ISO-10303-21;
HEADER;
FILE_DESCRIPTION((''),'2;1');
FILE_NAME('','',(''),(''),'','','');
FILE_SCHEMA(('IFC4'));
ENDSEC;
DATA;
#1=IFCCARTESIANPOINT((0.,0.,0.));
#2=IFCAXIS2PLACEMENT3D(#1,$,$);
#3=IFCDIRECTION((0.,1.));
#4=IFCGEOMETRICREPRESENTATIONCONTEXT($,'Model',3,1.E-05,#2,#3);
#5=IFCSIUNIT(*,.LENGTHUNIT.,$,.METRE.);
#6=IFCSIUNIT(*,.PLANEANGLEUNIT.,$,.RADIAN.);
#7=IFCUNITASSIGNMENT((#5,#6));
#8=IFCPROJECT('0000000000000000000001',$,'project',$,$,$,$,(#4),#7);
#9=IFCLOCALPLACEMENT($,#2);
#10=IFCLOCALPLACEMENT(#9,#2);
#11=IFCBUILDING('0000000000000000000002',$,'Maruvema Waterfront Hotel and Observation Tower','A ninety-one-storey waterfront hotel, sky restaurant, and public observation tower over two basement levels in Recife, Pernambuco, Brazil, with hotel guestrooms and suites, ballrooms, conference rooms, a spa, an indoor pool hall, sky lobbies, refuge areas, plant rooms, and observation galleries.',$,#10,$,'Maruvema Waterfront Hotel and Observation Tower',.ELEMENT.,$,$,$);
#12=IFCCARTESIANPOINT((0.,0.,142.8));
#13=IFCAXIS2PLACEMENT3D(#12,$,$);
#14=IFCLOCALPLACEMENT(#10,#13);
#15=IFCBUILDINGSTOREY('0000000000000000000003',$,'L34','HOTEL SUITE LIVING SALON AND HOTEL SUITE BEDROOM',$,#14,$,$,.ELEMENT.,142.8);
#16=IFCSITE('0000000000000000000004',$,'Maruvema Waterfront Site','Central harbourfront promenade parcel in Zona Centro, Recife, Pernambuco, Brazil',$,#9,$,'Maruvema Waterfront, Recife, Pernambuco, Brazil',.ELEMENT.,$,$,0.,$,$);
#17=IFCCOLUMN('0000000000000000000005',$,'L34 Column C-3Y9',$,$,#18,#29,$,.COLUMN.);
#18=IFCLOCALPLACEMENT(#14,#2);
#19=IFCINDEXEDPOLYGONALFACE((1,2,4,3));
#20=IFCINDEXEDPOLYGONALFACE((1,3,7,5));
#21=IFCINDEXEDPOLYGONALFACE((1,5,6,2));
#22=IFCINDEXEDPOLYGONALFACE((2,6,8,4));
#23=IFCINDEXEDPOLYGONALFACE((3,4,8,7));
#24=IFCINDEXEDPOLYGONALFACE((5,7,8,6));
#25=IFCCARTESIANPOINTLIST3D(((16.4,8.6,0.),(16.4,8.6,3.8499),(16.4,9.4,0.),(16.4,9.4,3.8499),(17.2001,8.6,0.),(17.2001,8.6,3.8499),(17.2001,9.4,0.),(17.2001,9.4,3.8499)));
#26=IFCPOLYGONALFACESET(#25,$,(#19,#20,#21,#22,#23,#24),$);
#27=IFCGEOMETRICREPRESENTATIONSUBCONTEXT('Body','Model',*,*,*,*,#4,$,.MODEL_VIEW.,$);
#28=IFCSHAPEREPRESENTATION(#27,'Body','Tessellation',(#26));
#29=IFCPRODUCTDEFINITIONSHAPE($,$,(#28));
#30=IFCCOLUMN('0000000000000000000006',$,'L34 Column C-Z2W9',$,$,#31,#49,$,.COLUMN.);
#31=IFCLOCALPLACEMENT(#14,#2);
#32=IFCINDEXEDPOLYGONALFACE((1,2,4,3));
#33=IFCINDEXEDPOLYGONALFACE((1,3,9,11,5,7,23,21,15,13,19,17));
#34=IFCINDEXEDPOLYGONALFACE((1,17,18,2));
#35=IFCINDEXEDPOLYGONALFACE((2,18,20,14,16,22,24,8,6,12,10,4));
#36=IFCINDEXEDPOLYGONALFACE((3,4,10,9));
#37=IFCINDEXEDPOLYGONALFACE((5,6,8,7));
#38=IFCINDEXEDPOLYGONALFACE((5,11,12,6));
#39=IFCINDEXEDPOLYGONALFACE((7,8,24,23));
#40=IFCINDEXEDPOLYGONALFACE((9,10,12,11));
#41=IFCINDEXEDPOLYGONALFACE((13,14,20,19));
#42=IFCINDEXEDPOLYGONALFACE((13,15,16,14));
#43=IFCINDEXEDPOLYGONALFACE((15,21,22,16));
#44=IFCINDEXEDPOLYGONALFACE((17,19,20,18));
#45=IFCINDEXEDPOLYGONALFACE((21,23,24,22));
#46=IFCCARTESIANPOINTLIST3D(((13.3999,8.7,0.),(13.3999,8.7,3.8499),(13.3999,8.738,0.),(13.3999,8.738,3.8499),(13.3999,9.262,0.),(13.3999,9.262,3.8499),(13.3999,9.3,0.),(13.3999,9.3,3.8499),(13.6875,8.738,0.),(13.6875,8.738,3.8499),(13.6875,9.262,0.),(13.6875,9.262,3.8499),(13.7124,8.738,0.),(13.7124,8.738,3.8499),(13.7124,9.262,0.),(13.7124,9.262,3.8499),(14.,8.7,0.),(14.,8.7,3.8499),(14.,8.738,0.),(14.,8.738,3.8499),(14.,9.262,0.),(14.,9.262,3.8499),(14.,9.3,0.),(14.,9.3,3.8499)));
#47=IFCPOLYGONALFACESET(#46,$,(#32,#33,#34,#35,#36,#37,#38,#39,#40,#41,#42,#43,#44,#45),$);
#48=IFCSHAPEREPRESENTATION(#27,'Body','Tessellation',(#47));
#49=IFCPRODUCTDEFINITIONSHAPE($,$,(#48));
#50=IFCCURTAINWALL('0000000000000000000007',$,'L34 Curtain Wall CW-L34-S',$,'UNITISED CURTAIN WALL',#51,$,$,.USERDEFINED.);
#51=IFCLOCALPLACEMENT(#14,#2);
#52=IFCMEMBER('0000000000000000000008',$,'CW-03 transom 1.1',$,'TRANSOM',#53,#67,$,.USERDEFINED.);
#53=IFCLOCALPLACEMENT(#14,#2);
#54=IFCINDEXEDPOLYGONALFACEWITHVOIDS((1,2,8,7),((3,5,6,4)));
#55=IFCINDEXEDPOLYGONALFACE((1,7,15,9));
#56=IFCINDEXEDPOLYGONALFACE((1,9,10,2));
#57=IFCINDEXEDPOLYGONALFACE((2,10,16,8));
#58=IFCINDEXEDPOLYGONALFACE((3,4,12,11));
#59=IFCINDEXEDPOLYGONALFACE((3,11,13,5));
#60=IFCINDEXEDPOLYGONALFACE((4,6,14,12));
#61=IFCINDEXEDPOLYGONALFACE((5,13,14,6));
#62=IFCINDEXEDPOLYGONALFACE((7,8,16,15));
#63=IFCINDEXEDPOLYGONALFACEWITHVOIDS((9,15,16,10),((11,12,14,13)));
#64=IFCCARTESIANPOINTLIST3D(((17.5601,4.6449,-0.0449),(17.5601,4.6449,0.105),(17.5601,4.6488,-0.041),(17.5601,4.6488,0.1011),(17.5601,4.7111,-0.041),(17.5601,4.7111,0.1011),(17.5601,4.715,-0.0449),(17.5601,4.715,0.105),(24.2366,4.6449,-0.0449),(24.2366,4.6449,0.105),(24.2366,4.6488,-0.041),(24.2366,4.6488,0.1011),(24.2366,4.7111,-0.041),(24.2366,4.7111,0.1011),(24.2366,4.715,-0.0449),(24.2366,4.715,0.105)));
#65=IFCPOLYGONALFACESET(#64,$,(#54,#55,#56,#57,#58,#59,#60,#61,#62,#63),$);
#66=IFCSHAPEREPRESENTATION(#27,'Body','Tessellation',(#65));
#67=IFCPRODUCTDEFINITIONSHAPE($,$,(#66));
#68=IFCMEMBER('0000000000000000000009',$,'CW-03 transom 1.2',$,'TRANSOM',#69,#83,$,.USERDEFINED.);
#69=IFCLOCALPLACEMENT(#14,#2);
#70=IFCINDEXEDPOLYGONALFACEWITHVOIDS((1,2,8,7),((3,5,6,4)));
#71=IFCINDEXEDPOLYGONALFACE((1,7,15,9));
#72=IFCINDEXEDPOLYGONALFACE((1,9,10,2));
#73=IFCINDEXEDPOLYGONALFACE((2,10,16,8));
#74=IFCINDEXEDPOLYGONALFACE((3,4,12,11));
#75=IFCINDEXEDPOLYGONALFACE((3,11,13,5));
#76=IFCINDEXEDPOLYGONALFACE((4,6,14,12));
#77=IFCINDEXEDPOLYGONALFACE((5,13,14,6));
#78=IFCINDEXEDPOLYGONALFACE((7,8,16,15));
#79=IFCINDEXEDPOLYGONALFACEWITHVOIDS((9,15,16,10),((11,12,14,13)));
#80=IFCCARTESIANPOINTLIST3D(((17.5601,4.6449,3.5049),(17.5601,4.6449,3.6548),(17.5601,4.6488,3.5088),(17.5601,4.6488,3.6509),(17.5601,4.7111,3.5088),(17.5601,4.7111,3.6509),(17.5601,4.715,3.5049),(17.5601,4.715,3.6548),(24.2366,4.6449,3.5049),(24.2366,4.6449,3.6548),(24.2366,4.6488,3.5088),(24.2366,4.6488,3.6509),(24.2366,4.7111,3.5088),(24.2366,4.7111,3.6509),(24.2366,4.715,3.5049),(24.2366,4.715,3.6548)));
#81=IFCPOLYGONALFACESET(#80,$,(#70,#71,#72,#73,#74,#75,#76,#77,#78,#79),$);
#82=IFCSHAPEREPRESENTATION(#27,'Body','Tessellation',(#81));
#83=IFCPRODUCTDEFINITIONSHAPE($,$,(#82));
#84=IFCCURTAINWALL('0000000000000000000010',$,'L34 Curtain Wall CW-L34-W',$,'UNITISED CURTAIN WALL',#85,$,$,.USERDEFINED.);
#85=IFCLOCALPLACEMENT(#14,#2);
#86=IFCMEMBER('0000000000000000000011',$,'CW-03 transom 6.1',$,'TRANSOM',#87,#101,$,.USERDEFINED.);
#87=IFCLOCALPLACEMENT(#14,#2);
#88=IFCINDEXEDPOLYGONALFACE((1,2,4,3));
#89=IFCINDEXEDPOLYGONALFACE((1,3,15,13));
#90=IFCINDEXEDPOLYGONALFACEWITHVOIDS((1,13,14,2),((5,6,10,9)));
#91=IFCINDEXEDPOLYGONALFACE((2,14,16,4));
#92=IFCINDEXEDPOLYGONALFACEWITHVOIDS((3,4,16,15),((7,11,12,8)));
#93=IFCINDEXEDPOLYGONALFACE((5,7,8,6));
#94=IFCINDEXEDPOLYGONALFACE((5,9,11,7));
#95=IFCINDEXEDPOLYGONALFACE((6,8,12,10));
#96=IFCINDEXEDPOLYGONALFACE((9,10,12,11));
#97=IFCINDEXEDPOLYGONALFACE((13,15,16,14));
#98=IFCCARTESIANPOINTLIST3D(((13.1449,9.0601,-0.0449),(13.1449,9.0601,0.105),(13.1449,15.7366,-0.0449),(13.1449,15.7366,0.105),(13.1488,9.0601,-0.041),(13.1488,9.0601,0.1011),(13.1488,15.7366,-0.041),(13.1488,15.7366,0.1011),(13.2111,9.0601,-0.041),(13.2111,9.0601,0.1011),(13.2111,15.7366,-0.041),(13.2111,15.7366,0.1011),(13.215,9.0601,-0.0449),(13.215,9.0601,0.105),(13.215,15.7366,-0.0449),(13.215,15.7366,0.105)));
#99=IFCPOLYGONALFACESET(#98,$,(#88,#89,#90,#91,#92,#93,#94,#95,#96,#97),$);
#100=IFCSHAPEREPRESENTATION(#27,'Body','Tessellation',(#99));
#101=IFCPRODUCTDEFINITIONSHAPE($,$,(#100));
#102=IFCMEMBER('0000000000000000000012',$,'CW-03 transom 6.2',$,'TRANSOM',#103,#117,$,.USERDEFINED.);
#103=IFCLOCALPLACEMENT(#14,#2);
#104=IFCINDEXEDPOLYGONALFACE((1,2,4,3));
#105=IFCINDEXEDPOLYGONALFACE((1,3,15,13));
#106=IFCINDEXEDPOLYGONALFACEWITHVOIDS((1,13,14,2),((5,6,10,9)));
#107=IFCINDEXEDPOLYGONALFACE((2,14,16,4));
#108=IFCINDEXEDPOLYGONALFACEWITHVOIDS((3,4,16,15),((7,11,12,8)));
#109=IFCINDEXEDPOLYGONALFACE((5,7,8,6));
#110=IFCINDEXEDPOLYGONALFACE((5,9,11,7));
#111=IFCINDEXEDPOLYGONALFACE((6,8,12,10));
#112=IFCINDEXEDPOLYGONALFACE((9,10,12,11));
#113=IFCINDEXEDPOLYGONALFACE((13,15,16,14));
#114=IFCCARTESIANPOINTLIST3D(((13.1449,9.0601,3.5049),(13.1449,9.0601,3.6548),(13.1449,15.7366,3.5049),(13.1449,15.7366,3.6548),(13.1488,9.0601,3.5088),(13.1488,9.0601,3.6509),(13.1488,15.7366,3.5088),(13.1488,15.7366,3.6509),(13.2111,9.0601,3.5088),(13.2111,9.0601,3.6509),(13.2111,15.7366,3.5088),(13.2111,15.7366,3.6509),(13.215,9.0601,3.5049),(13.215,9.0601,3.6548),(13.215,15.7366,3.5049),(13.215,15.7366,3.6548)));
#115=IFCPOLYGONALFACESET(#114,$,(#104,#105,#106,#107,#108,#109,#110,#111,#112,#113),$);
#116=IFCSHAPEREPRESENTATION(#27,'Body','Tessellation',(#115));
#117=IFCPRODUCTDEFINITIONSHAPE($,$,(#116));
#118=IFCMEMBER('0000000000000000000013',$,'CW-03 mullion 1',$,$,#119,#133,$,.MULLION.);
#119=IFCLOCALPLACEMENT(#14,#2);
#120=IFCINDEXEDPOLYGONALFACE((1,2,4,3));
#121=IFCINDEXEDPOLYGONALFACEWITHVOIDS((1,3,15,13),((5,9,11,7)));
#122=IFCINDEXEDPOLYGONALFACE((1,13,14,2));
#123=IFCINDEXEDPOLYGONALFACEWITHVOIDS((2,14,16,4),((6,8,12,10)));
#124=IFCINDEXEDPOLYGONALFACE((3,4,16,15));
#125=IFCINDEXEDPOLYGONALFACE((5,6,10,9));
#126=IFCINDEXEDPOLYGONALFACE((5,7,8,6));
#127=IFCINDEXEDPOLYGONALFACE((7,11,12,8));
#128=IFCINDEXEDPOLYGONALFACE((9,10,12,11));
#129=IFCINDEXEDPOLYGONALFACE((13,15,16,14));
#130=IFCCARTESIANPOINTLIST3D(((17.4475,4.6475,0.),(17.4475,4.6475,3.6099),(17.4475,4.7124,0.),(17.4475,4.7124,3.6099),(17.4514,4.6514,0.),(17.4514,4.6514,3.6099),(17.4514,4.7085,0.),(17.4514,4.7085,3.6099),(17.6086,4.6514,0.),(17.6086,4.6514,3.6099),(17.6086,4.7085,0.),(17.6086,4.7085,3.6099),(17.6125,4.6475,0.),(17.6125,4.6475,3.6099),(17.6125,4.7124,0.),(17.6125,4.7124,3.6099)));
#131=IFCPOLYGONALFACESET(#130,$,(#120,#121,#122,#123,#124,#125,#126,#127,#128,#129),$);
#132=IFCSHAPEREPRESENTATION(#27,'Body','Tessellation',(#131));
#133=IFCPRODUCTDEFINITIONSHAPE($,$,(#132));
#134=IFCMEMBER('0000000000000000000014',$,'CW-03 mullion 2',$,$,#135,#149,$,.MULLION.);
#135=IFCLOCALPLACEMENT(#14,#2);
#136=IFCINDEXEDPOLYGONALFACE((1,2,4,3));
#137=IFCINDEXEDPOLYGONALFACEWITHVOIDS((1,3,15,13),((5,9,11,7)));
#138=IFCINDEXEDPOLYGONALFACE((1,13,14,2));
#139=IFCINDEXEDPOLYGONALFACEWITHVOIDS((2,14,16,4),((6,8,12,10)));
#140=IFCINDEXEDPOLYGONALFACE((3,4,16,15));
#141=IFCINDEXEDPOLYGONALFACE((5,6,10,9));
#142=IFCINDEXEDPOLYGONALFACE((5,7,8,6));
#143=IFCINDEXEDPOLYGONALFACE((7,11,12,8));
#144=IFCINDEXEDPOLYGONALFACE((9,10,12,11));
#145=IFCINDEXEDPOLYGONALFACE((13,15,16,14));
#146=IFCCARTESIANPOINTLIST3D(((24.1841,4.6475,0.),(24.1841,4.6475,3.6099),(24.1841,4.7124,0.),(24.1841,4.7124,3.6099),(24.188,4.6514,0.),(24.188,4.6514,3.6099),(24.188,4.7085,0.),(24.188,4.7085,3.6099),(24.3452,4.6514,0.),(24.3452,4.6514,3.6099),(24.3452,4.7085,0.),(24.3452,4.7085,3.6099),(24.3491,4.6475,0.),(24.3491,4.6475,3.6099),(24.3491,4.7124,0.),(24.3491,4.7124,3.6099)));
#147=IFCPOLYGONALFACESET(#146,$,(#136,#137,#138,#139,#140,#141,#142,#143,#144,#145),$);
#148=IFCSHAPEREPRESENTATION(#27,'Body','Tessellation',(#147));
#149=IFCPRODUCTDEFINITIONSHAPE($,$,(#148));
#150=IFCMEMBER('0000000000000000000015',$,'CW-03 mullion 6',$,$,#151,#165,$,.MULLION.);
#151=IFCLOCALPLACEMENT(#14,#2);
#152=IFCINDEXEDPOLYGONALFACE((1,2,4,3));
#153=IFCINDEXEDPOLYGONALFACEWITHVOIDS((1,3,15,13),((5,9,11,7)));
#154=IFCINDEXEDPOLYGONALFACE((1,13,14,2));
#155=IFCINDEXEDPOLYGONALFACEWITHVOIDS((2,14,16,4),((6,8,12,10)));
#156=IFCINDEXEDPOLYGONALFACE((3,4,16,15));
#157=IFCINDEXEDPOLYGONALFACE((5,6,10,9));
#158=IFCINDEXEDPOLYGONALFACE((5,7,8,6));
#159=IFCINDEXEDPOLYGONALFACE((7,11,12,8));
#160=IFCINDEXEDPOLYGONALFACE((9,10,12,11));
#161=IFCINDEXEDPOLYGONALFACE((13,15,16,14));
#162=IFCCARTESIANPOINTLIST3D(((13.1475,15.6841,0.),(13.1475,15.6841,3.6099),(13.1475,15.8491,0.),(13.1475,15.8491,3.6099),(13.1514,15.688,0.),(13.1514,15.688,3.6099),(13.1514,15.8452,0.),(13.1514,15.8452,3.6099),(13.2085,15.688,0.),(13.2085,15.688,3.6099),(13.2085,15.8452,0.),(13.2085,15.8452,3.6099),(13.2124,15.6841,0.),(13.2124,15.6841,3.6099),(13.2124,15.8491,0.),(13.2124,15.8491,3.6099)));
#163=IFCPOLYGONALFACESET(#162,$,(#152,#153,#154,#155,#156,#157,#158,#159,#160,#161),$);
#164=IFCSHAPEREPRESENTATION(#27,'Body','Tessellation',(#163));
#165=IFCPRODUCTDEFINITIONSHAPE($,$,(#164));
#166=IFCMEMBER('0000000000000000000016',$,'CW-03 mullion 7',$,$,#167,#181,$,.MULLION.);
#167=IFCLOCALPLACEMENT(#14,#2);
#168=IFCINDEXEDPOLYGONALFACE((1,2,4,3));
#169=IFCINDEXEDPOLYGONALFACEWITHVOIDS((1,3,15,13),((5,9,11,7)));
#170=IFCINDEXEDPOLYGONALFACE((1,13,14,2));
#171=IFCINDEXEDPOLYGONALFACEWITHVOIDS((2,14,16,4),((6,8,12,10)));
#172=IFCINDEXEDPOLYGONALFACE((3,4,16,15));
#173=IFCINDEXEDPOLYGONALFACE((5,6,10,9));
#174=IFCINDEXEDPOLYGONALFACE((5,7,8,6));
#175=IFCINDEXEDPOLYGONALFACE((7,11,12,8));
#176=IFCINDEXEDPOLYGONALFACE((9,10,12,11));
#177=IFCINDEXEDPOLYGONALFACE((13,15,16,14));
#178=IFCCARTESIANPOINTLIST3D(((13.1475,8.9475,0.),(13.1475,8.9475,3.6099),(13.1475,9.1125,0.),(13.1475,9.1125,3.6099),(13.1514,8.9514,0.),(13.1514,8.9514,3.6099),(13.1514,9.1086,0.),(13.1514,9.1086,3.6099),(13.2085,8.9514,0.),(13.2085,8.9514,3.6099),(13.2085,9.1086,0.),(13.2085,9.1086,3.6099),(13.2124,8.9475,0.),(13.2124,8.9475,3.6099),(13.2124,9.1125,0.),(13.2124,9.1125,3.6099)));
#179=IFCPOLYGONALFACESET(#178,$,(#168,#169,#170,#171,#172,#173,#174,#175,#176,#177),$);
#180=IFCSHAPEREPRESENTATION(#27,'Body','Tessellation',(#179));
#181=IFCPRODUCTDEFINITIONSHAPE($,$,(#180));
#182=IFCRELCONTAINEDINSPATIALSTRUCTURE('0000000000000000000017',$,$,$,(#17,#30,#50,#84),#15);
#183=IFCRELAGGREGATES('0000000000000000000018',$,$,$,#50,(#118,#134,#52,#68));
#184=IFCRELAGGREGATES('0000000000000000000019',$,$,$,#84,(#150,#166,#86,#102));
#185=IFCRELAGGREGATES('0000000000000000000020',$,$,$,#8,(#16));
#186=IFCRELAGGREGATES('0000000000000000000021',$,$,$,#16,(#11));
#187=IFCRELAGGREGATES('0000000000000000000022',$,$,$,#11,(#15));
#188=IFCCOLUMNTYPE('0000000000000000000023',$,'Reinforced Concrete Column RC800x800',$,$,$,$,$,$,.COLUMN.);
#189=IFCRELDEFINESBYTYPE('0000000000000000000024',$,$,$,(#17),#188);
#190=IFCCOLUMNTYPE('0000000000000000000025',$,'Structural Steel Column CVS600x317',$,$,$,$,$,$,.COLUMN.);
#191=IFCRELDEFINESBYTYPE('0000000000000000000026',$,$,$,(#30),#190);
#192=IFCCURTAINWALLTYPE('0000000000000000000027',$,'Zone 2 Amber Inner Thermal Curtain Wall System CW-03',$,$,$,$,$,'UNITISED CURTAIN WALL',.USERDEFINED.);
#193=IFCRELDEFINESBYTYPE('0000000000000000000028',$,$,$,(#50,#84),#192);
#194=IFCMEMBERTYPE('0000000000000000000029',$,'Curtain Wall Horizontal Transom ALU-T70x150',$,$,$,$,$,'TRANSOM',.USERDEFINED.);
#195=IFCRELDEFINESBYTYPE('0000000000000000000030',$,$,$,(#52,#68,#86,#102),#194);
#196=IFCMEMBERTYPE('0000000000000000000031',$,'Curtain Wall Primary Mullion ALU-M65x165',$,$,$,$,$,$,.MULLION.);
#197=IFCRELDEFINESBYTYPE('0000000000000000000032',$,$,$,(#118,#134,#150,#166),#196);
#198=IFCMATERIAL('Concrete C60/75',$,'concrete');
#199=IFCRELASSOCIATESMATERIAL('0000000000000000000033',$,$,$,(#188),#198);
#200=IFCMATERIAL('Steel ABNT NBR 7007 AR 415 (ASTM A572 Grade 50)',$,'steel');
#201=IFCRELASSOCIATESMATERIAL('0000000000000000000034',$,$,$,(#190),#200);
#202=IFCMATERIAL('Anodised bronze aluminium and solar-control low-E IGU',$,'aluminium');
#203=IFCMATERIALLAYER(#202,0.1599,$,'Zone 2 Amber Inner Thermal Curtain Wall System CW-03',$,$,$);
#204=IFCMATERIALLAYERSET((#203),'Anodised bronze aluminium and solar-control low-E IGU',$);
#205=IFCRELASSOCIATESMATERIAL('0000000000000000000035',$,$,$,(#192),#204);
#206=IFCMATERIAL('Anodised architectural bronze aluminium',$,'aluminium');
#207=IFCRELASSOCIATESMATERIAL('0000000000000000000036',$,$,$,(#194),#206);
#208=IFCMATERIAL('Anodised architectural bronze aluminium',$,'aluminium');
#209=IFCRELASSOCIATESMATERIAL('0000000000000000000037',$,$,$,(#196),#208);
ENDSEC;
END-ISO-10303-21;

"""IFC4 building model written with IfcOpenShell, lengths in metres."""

from ifc_helpers import new_model, si_unit, direction, frame, origin, origin_2d, place, context, subcontext, project, spatial, rectangle, hollow_rectangle, i_section, extrude, material, layer, layer_set, material_profile, profile_set, type_object, element, aggregate, save


model = new_model("IFC4")

# Units and contexts
model_context = context("Model", 3, precision=1e-05, world=origin(), true_north=direction((0.0, 1.0)))
body_context = subcontext(model_context, "Body", "Model", "MODEL_VIEW")
ifc_project = project(units=[si_unit("LENGTHUNIT", "METRE"), si_unit("PLANEANGLEUNIT", "RADIAN")], contexts=[model_context])

# Site, building, storey
site_placement = place(None, origin())
site = spatial("IfcSite", under=ifc_project, at=site_placement, Name="Maruvema Waterfront Site", Description="Central harbourfront promenade parcel in Zona Centro, Recife, Pernambuco, Brazil", LongName="Maruvema Waterfront, Recife, Pernambuco, Brazil", CompositionType="ELEMENT", RefElevation=0.0)
building_placement = place(site_placement, origin())
building = spatial("IfcBuilding", under=site, at=building_placement, Name="Maruvema Waterfront Hotel and Observation Tower", Description="A ninety-one-storey waterfront hotel, sky restaurant, and public observation tower over two basement levels in Recife, Pernambuco, Brazil, with hotel guestrooms and suites, ballrooms, conference rooms, a spa, an indoor pool hall, sky lobbies, refuge areas, plant rooms, and observation galleries.", LongName="Maruvema Waterfront Hotel and Observation Tower", CompositionType="ELEMENT")
storey_placement = place(building_placement, frame((0.0, 0.0, 142.8)))
storey = spatial("IfcBuildingStorey", under=building, at=storey_placement, Name="L34", Description="HOTEL SUITE LIVING SALON AND HOTEL SUITE BEDROOM", CompositionType="ELEMENT", Elevation=142.8)

# Columns
ifc_material_1 = material(Name="Concrete C60/75", Category="concrete")
ifc_material_profile_1 = material_profile(ifc_material_1, rectangle(XDim=0.8, YDim=0.8, at=origin_2d()), Name="RC800x800")
ifc_profile_set_1 = profile_set([ifc_material_profile_1], Name="Concrete C60/75")
column_type_1 = type_object("IfcColumnType", Name="Reinforced Concrete Column RC800x800", PredefinedType="COLUMN", material=ifc_profile_set_1)
column_1_placement = place(storey_placement, frame((16.8, 9.0, 0.0), z_axis=(0.0, 0.0, 1.0), x_axis=(1.0, 0.0, 0.0)))
element("IfcColumn", 1, at=column_1_placement, inside=storey, type_object=column_type_1, Name="L34 Column C-3Y9", PredefinedType="COLUMN", context=body_context, shape_type="SweptSolid", body=[
    extrude(rectangle(XDim=0.8, YDim=0.8, at=origin_2d()), origin(), (0.0, 0.0, 1.0), 3.8499),
])
ifc_material_2 = material(Name="Steel ABNT NBR 7007 AR 415 (ASTM A572 Grade 50)", Category="steel")
ifc_material_profile_2 = material_profile(ifc_material_2, i_section(OverallWidth=0.6001, OverallDepth=0.6001, WebThickness=0.0249, FlangeThickness=0.0381, at=origin_2d()), Name="CVS600x317")
ifc_profile_set_2 = profile_set([ifc_material_profile_2], Name="Steel ABNT NBR 7007 AR 415 (ASTM A572 Grade 50)")
column_type_2 = type_object("IfcColumnType", Name="Structural Steel Column CVS600x317", PredefinedType="COLUMN", material=ifc_profile_set_2)
column_2_placement = place(storey_placement, frame((13.7, 9.0, 0.0), z_axis=(0.0, 0.0, 1.0), x_axis=(1.0, 0.0, 0.0)))
element("IfcColumn", 2, at=column_2_placement, inside=storey, type_object=column_type_2, Name="L34 Column C-Z2W9", PredefinedType="COLUMN", context=body_context, shape_type="SweptSolid", body=[
    extrude(i_section(OverallWidth=0.6001, OverallDepth=0.6001, WebThickness=0.0249, FlangeThickness=0.0381, at=origin_2d()), origin(), (0.0, 0.0, 1.0), 3.8499),
])

# Curtain walls, members
ifc_material_3 = material(Name="Anodised bronze aluminium and solar-control low-E IGU", Category="aluminium")
ifc_layer_1 = layer(ifc_material_3, 0.1599, Name="Zone 2 Amber Inner Thermal Curtain Wall System CW-03")
ifc_layer_set_1 = layer_set([ifc_layer_1], Name="Anodised bronze aluminium and solar-control low-E IGU")
curtain_wall_type = type_object("IfcCurtainWallType", Name="Zone 2 Amber Inner Thermal Curtain Wall System CW-03", ElementType="UNITISED CURTAIN WALL", PredefinedType="USERDEFINED", material=ifc_layer_set_1)
curtain_wall_1_placement = place(storey_placement, origin())
curtain_wall_1 = element("IfcCurtainWall", 3, at=curtain_wall_1_placement, inside=storey, type_object=curtain_wall_type, Name="L34 Curtain Wall CW-L34-S", ObjectType="UNITISED CURTAIN WALL", PredefinedType="USERDEFINED")
ifc_material_4 = material(Name="Anodised architectural bronze aluminium", Category="aluminium")
ifc_material_profile_3 = material_profile(ifc_material_4, hollow_rectangle(XDim=0.0701, YDim=0.1499, WallThickness=0.0039, at=origin_2d()), Name="ALU-T70x150")
ifc_profile_set_3 = profile_set([ifc_material_profile_3], Name="Anodised architectural bronze aluminium")
member_type_1 = type_object("IfcMemberType", Name="Curtain Wall Horizontal Transom ALU-T70x150", ElementType="TRANSOM", PredefinedType="USERDEFINED", material=ifc_profile_set_3)
member_1_placement = place(storey_placement, frame((17.5601, 4.6799, 0.03), z_axis=(1.0, 0.0, 0.0), x_axis=(0.0, 1.0, 0.0)))
member_1 = element("IfcMember", 4, at=member_1_placement, type_object=member_type_1, Name="CW-03 transom 1.1", ObjectType="TRANSOM", PredefinedType="USERDEFINED", context=body_context, shape_type="SweptSolid", body=[
    extrude(hollow_rectangle(XDim=0.0701, YDim=0.1499, WallThickness=0.0039, at=origin_2d()), origin(), (0.0, 0.0, 1.0), 6.6765),
])
member_2_placement = place(storey_placement, frame((17.5601, 4.6799, 3.5798), z_axis=(1.0, 0.0, 0.0), x_axis=(0.0, 1.0, 0.0)))
member_2 = element("IfcMember", 5, at=member_2_placement, type_object=member_type_1, Name="CW-03 transom 1.2", ObjectType="TRANSOM", PredefinedType="USERDEFINED", context=body_context, shape_type="SweptSolid", body=[
    extrude(hollow_rectangle(XDim=0.0701, YDim=0.1499, WallThickness=0.0039, at=origin_2d()), origin(), (0.0, 0.0, 1.0), 6.6765),
])
curtain_wall_2_placement = place(storey_placement, origin())
curtain_wall_2 = element("IfcCurtainWall", 6, at=curtain_wall_2_placement, inside=storey, type_object=curtain_wall_type, Name="L34 Curtain Wall CW-L34-W", ObjectType="UNITISED CURTAIN WALL", PredefinedType="USERDEFINED")
member_3_placement = place(storey_placement, frame((13.1799, 15.7366, 0.03), z_axis=(0.0, -1.0, 0.0), x_axis=(1.0, 0.0, 0.0)))
member_3 = element("IfcMember", 7, at=member_3_placement, type_object=member_type_1, Name="CW-03 transom 6.1", ObjectType="TRANSOM", PredefinedType="USERDEFINED", context=body_context, shape_type="SweptSolid", body=[
    extrude(hollow_rectangle(XDim=0.0701, YDim=0.1499, WallThickness=0.0039, at=origin_2d()), origin(), (0.0, 0.0, 1.0), 6.6765),
])
member_4_placement = place(storey_placement, frame((13.1799, 15.7366, 3.5798), z_axis=(0.0, -1.0, 0.0), x_axis=(1.0, 0.0, 0.0)))
member_4 = element("IfcMember", 8, at=member_4_placement, type_object=member_type_1, Name="CW-03 transom 6.2", ObjectType="TRANSOM", PredefinedType="USERDEFINED", context=body_context, shape_type="SweptSolid", body=[
    extrude(hollow_rectangle(XDim=0.0701, YDim=0.1499, WallThickness=0.0039, at=origin_2d()), origin(), (0.0, 0.0, 1.0), 6.6765),
])

# Members
ifc_material_5 = material(Name="Anodised architectural bronze aluminium", Category="aluminium")
ifc_material_profile_4 = material_profile(ifc_material_5, hollow_rectangle(XDim=0.0649, YDim=0.165, WallThickness=0.0039, at=origin_2d()), Name="ALU-M65x165")
ifc_profile_set_4 = profile_set([ifc_material_profile_4], Name="Anodised architectural bronze aluminium")
member_type_2 = type_object("IfcMemberType", Name="Curtain Wall Primary Mullion ALU-M65x165", PredefinedType="MULLION", material=ifc_profile_set_4)
member_5_placement = place(storey_placement, frame((17.53, 4.6799, 0.0), z_axis=(0.0, 0.0, 1.0), x_axis=(0.0, 1.0, 0.0)))
member_5 = element("IfcMember", 9, at=member_5_placement, type_object=member_type_2, Name="CW-03 mullion 1", PredefinedType="MULLION", context=body_context, shape_type="SweptSolid", body=[
    extrude(hollow_rectangle(XDim=0.0649, YDim=0.165, WallThickness=0.0039, at=origin_2d()), origin(), (0.0, 0.0, 1.0), 3.6099),
])
member_6_placement = place(storey_placement, frame((24.2666, 4.6799, 0.0), z_axis=(0.0, 0.0, 1.0), x_axis=(0.0, 1.0, 0.0)))
member_6 = element("IfcMember", 10, at=member_6_placement, type_object=member_type_2, Name="CW-03 mullion 2", PredefinedType="MULLION", context=body_context, shape_type="SweptSolid", body=[
    extrude(hollow_rectangle(XDim=0.0649, YDim=0.165, WallThickness=0.0039, at=origin_2d()), origin(), (0.0, 0.0, 1.0), 3.6099),
])
member_7_placement = place(storey_placement, frame((13.1799, 15.7666, 0.0), z_axis=(0.0, 0.0, 1.0), x_axis=(1.0, 0.0, 0.0)))
member_7 = element("IfcMember", 11, at=member_7_placement, type_object=member_type_2, Name="CW-03 mullion 6", PredefinedType="MULLION", context=body_context, shape_type="SweptSolid", body=[
    extrude(hollow_rectangle(XDim=0.0649, YDim=0.165, WallThickness=0.0039, at=origin_2d()), origin(), (0.0, 0.0, 1.0), 3.6099),
])
member_8_placement = place(storey_placement, frame((13.1799, 9.03, 0.0), z_axis=(0.0, 0.0, 1.0), x_axis=(1.0, 0.0, 0.0)))
member_8 = element("IfcMember", 12, at=member_8_placement, type_object=member_type_2, Name="CW-03 mullion 7", PredefinedType="MULLION", context=body_context, shape_type="SweptSolid", body=[
    extrude(hollow_rectangle(XDim=0.0649, YDim=0.165, WallThickness=0.0039, at=origin_2d()), origin(), (0.0, 0.0, 1.0), 3.6099),
])

aggregate(curtain_wall_1, [member_5, member_6, member_1, member_2])
aggregate(curtain_wall_2, [member_7, member_8, member_3, member_4])

save(model, "model.ifc")
